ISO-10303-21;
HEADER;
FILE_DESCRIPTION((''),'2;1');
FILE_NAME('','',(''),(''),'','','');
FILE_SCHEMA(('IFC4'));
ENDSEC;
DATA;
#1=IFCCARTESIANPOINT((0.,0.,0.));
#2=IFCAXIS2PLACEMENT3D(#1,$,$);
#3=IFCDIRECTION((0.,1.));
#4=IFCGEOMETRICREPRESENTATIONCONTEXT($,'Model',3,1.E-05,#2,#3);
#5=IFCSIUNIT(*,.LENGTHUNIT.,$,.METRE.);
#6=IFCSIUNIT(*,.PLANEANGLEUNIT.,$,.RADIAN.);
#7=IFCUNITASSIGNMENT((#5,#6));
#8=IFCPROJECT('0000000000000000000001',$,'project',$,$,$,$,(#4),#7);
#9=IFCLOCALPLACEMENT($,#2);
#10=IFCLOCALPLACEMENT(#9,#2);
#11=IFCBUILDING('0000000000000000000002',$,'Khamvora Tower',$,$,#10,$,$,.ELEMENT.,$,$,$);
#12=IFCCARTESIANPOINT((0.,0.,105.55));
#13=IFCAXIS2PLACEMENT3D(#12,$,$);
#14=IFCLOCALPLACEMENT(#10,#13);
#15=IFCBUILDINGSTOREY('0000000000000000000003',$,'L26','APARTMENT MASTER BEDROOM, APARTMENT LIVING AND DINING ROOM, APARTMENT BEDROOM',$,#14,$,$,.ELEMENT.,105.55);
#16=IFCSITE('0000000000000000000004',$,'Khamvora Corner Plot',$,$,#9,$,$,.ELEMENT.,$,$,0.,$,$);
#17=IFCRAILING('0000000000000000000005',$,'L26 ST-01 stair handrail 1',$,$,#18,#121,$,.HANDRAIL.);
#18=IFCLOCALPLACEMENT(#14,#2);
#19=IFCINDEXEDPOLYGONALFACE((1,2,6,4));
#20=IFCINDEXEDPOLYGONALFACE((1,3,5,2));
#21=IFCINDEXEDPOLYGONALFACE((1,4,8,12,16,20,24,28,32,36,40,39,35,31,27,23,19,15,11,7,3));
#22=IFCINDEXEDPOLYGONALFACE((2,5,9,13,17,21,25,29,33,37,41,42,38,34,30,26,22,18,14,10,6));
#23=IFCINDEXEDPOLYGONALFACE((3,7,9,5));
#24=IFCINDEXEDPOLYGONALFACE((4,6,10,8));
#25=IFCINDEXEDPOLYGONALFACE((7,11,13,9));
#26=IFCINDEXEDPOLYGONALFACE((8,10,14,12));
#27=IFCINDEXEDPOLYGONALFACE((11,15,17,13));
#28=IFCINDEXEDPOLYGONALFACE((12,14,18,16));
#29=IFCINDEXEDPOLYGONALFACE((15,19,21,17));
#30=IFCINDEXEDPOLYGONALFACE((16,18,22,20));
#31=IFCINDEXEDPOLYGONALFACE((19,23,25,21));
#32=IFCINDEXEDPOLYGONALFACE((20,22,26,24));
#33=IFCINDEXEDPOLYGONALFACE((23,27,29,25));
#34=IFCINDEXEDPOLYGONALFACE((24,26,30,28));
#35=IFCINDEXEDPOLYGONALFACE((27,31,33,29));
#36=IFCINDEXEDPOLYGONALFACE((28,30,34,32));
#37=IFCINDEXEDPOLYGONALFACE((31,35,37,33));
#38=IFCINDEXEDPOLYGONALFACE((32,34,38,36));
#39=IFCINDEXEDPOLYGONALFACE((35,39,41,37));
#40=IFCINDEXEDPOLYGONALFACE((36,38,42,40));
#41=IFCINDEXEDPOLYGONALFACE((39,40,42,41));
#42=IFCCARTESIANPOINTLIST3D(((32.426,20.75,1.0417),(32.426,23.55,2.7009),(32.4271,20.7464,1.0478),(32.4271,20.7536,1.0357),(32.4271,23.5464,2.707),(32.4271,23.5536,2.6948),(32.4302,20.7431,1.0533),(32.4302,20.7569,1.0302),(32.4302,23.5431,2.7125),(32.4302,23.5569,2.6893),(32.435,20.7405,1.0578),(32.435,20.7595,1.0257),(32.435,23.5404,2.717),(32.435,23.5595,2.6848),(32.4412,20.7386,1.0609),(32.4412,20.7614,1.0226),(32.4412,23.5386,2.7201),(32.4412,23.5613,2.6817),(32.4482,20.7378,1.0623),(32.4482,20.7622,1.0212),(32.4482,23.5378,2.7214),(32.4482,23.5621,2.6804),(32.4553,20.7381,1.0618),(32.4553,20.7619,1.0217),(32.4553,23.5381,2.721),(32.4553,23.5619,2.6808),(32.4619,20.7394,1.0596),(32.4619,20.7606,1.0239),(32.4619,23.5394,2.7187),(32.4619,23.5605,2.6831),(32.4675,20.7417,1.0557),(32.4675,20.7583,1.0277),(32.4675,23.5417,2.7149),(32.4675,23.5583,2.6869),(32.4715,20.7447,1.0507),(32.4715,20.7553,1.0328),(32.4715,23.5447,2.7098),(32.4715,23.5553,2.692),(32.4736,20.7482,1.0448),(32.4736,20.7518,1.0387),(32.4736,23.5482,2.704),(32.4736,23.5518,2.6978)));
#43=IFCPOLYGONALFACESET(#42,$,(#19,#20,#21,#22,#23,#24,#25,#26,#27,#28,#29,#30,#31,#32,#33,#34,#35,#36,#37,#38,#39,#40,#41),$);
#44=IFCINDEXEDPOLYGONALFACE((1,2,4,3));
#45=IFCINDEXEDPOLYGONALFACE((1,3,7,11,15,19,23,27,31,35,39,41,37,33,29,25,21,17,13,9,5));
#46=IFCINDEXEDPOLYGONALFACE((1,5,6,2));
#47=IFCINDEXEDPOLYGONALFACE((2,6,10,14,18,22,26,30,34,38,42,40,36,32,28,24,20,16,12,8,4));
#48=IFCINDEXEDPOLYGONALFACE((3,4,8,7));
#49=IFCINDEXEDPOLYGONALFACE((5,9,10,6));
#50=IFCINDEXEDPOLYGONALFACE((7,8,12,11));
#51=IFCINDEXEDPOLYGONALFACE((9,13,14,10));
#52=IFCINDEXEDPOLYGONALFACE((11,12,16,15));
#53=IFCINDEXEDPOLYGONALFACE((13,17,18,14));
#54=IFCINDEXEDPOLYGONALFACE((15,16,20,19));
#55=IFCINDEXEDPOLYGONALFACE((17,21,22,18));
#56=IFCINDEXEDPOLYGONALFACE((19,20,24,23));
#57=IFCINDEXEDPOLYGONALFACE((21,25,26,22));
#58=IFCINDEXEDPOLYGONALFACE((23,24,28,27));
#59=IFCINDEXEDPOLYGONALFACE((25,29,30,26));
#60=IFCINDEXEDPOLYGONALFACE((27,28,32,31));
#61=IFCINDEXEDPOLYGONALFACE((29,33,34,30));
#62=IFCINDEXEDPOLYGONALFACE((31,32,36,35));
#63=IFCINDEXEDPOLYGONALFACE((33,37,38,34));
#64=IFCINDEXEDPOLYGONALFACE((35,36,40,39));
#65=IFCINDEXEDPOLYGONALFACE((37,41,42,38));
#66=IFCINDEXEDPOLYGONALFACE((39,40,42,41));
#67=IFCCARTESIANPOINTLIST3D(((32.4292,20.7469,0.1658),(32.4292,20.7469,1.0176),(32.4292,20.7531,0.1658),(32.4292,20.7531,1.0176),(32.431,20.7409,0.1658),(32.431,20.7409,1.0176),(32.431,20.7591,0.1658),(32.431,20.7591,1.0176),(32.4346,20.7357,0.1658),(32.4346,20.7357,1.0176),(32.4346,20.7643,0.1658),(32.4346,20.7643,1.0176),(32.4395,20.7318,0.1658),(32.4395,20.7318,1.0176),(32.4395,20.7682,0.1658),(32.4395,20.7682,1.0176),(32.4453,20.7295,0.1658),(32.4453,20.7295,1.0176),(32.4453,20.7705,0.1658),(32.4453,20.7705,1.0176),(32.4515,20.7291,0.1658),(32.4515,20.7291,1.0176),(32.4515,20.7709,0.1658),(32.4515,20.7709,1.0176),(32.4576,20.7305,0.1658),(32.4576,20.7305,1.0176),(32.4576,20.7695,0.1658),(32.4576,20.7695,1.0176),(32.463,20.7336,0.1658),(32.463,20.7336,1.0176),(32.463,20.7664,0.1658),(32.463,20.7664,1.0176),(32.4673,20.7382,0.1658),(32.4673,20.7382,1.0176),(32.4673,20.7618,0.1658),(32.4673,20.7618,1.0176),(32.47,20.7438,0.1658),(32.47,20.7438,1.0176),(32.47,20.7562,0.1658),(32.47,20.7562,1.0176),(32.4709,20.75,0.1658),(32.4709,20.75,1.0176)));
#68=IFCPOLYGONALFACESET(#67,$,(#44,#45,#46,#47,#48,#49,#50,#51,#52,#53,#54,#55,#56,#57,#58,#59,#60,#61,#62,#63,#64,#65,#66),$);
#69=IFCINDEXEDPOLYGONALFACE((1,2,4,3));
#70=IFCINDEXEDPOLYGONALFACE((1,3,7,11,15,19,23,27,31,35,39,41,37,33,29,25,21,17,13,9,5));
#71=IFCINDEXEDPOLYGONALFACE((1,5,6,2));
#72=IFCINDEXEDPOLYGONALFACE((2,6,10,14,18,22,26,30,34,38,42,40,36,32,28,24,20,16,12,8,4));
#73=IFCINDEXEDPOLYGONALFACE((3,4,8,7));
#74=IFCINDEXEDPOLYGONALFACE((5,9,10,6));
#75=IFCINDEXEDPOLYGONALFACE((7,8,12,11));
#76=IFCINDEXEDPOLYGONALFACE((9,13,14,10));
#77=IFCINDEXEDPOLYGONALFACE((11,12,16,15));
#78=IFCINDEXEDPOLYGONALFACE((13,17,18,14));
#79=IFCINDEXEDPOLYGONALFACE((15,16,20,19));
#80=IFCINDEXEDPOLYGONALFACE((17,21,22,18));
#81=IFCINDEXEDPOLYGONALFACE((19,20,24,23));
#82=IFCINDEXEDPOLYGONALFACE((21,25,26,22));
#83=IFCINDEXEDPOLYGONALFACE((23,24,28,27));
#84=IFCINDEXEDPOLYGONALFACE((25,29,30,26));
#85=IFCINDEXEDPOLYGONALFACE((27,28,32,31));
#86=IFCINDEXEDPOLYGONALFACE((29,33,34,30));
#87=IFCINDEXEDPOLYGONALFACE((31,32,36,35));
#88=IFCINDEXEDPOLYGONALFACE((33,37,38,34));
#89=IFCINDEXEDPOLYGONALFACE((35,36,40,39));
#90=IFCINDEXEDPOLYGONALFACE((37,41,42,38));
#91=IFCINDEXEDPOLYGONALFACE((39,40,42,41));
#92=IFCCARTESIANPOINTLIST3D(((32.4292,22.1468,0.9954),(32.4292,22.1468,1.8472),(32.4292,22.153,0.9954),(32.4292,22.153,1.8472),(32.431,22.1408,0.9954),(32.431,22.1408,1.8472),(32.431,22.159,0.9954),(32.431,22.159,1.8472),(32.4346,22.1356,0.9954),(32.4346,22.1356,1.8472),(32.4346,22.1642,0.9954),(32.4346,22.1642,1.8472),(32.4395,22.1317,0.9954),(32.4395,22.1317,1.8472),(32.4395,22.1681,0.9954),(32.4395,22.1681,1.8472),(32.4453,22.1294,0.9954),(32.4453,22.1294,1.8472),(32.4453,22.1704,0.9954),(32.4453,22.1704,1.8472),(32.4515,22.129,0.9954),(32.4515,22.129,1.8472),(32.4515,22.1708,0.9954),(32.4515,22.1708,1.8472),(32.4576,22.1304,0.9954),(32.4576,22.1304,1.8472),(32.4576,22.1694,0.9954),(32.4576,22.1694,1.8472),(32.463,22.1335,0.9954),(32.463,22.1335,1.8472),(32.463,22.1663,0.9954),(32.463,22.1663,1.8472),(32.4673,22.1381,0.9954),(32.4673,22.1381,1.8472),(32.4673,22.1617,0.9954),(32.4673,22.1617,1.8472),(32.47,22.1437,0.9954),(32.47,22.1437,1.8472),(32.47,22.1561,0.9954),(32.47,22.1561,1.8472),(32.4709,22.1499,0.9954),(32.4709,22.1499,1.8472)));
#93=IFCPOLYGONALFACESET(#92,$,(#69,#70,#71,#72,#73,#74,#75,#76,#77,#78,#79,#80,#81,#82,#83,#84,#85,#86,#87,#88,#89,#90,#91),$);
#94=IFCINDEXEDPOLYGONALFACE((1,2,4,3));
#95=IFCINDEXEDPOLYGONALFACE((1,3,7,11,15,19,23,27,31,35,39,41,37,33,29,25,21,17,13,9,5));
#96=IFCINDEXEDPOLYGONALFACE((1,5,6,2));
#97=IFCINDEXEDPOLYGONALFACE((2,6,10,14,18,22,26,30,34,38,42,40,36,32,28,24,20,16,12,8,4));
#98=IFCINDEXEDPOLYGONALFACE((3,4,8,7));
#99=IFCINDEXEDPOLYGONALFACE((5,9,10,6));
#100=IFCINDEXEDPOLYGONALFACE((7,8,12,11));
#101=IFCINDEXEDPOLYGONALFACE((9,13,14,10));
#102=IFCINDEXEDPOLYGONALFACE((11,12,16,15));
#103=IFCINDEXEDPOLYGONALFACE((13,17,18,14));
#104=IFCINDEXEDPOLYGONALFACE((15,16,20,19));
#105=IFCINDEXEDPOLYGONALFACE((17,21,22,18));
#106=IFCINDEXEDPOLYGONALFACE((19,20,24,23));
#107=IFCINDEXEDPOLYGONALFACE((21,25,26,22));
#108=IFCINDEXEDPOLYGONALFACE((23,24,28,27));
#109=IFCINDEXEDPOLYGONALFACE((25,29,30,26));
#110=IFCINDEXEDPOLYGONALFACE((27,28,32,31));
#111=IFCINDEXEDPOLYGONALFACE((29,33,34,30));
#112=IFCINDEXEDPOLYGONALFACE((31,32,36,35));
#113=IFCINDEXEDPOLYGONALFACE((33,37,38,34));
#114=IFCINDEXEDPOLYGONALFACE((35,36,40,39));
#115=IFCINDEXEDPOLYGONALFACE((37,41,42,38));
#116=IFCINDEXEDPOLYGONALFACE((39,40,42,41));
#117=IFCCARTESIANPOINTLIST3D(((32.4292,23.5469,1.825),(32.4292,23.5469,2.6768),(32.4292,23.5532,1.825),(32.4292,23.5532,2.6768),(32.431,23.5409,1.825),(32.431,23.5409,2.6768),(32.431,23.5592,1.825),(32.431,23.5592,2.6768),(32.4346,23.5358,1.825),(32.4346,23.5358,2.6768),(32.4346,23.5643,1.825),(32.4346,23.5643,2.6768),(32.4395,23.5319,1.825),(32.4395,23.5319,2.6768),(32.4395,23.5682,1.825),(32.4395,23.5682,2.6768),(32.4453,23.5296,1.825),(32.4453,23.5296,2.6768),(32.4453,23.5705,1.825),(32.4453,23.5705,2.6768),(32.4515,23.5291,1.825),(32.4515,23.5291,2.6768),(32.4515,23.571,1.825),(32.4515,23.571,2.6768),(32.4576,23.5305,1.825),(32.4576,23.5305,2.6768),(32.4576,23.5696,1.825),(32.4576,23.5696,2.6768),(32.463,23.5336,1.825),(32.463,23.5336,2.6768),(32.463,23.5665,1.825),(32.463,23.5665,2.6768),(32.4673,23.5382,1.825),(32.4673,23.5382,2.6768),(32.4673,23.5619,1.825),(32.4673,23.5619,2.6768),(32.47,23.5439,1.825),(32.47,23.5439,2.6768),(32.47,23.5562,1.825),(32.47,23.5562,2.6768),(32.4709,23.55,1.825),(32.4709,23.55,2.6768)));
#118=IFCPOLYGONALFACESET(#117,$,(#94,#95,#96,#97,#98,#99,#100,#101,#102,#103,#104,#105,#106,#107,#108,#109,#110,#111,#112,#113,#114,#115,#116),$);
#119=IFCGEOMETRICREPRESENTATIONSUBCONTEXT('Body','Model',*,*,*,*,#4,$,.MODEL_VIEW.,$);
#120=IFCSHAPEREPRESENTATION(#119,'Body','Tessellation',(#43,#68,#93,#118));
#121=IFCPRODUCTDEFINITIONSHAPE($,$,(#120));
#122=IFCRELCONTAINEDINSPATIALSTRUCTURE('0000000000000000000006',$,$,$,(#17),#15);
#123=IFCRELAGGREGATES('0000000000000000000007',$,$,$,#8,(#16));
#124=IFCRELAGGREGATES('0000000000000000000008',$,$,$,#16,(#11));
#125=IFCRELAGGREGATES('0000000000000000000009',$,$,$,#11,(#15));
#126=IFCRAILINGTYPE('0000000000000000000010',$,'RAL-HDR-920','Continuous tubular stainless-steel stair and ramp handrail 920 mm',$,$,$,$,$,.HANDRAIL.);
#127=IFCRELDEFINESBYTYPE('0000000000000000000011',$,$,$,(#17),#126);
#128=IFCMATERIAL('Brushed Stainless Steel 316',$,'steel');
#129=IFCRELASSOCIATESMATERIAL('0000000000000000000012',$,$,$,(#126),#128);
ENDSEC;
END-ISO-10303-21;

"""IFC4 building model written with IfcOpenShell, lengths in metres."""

from ifc_helpers import new_model, si_unit, direction, frame, origin, origin_2d, place, context, subcontext, project, spatial, circle, extrude, material, type_object, element, save


model = new_model("IFC4")

# Units and contexts
model_context = context("Model", 3, precision=1e-05, world=origin(), true_north=direction((0.0, 1.0)))
body_context = subcontext(model_context, "Body", "Model", "MODEL_VIEW")
ifc_project = project(units=[si_unit("LENGTHUNIT", "METRE"), si_unit("PLANEANGLEUNIT", "RADIAN")], contexts=[model_context])

# Site, building, storey
site_placement = place(None, origin())
site = spatial("IfcSite", under=ifc_project, at=site_placement, Name="Khamvora Corner Plot", CompositionType="ELEMENT", RefElevation=0.0)
building_placement = place(site_placement, origin())
building = spatial("IfcBuilding", under=site, at=building_placement, Name="Khamvora Tower", CompositionType="ELEMENT")
storey_placement = place(building_placement, frame((0.0, 0.0, 105.55)))
storey = spatial("IfcBuildingStorey", under=building, at=storey_placement, Name="L26", Description="APARTMENT MASTER BEDROOM, APARTMENT LIVING AND DINING ROOM, APARTMENT BEDROOM", CompositionType="ELEMENT", Elevation=105.55)

# Railing
ifc_material_1 = material(Name="Brushed Stainless Steel 316", Category="steel")
railing_type = type_object("IfcRailingType", Name="RAL-HDR-920", Description="Continuous tubular stainless-steel stair and ramp handrail 920 mm", PredefinedType="HANDRAIL", material=ifc_material_1)
railing_placement = place(storey_placement, frame((32.45, 20.75, 0.1658)))
element("IfcRailing", 1, at=railing_placement, inside=storey, type_object=railing_type, Name="L26 ST-01 stair handrail 1", PredefinedType="HANDRAIL", context=body_context, shape_type="SweptSolid", body=[
    extrude(circle(Radius=0.0239, at=origin_2d()), frame((0.0, 0.0, 0.876), z_axis=(0.0, 0.860306, 0.509778), x_axis=(-1.0, 0.0, 0.0)), (0.0, 0.0, 1.0), 3.2546),
    extrude(circle(Radius=0.021, at=origin_2d()), origin(), (0.0, 0.0, 1.0), 0.8518),
    extrude(circle(Radius=0.021, at=origin_2d()), frame((0.0, 1.3999, 0.8296)), (0.0, 0.0, 1.0), 0.8518),
    extrude(circle(Radius=0.021, at=origin_2d()), frame((0.0, 2.8, 1.6592)), (0.0, 0.0, 1.0), 0.8518),
])

save(model, "model.ifc")
